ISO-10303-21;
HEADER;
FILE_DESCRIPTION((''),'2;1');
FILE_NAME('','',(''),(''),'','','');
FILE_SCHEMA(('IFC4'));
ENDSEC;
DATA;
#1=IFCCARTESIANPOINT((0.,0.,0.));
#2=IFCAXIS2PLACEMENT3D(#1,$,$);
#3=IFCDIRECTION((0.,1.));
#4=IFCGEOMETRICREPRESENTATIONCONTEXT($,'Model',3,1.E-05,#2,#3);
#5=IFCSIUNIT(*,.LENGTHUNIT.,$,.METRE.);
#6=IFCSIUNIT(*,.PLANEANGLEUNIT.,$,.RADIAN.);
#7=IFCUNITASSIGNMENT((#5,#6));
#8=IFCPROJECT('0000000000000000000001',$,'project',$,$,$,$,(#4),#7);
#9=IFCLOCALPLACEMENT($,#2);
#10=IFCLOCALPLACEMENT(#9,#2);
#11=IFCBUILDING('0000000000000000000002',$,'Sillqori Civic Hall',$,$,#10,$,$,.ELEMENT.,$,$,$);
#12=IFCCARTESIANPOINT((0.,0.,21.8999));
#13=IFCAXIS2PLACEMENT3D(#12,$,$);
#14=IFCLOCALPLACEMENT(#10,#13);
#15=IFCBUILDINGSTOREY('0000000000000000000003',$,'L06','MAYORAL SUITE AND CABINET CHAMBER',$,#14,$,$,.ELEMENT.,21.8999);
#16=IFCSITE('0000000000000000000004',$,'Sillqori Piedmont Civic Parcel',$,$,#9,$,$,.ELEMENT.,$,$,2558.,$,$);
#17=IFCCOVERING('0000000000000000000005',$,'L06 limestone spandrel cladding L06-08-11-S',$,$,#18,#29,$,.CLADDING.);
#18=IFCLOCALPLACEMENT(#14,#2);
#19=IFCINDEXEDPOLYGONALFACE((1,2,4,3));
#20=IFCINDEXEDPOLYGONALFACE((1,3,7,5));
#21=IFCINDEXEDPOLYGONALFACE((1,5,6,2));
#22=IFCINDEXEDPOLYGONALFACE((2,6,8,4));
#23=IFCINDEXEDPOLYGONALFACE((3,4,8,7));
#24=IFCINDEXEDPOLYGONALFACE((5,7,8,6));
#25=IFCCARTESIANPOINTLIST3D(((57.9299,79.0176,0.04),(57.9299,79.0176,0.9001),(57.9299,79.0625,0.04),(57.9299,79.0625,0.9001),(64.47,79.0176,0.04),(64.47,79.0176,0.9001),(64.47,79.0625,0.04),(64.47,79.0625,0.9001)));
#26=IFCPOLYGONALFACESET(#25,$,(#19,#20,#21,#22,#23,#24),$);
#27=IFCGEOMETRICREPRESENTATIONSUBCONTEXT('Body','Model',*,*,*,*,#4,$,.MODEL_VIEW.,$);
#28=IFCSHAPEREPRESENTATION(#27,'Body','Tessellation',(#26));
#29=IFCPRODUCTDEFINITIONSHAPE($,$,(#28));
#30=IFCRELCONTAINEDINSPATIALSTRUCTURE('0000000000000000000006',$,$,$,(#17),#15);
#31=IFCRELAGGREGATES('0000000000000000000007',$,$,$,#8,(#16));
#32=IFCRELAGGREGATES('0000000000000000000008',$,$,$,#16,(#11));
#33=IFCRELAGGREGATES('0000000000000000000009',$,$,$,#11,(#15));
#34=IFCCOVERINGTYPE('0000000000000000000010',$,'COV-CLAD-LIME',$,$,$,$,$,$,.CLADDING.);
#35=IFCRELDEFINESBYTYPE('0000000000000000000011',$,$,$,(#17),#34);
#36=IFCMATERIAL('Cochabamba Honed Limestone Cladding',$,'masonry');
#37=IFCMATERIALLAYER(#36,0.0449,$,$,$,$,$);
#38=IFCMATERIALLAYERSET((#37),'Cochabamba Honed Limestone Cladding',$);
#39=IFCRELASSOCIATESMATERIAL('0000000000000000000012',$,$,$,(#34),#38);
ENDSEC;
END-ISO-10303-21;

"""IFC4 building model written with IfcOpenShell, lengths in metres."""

from ifc_helpers import new_model, si_unit, direction, frame, frame_2d, origin, place, context, subcontext, project, spatial, rectangle, extrude, material, layer, layer_set, type_object, element, save


model = new_model("IFC4")

# Units and contexts
model_context = context("Model", 3, precision=1e-05, world=origin(), true_north=direction((0.0, 1.0)))
body_context = subcontext(model_context, "Body", "Model", "MODEL_VIEW")
ifc_project = project(units=[si_unit("LENGTHUNIT", "METRE"), si_unit("PLANEANGLEUNIT", "RADIAN")], contexts=[model_context])

# Site, building, storey
site_placement = place(None, origin())
site = spatial("IfcSite", under=ifc_project, at=site_placement, Name="Sillqori Piedmont Civic Parcel", CompositionType="ELEMENT", RefElevation=2558.0)
building_placement = place(site_placement, origin())
building = spatial("IfcBuilding", under=site, at=building_placement, Name="Sillqori Civic Hall", CompositionType="ELEMENT")
storey_placement = place(building_placement, frame((0.0, 0.0, 21.8999)))
storey = spatial("IfcBuildingStorey", under=building, at=storey_placement, Name="L06", Description="MAYORAL SUITE AND CABINET CHAMBER", CompositionType="ELEMENT", Elevation=21.8999)

# Covering
ifc_material_1 = material(Name="Cochabamba Honed Limestone Cladding", Category="masonry")
ifc_layer_1 = layer(ifc_material_1, 0.0449)
ifc_layer_set_1 = layer_set([ifc_layer_1], Name="Cochabamba Honed Limestone Cladding")
covering_type = type_object("IfcCoveringType", Name="COV-CLAD-LIME", PredefinedType="CLADDING", material=ifc_layer_set_1)
covering_placement = place(storey_placement, frame((64.47, 79.04, 0.04), z_axis=(0.0, 0.0, 1.0), x_axis=(-1.0, 0.0, 0.0)))
element("IfcCovering", 1, at=covering_placement, inside=storey, type_object=covering_type, Name="L06 limestone spandrel cladding L06-08-11-S", PredefinedType="CLADDING", context=body_context, shape_type="SweptSolid", body=[
    extrude(rectangle(XDim=6.54, YDim=0.0449, at=frame_2d((3.27, 0.0))), origin(), (0.0, 0.0, 1.0), 0.8601),
])

save(model, "model.ifc")
